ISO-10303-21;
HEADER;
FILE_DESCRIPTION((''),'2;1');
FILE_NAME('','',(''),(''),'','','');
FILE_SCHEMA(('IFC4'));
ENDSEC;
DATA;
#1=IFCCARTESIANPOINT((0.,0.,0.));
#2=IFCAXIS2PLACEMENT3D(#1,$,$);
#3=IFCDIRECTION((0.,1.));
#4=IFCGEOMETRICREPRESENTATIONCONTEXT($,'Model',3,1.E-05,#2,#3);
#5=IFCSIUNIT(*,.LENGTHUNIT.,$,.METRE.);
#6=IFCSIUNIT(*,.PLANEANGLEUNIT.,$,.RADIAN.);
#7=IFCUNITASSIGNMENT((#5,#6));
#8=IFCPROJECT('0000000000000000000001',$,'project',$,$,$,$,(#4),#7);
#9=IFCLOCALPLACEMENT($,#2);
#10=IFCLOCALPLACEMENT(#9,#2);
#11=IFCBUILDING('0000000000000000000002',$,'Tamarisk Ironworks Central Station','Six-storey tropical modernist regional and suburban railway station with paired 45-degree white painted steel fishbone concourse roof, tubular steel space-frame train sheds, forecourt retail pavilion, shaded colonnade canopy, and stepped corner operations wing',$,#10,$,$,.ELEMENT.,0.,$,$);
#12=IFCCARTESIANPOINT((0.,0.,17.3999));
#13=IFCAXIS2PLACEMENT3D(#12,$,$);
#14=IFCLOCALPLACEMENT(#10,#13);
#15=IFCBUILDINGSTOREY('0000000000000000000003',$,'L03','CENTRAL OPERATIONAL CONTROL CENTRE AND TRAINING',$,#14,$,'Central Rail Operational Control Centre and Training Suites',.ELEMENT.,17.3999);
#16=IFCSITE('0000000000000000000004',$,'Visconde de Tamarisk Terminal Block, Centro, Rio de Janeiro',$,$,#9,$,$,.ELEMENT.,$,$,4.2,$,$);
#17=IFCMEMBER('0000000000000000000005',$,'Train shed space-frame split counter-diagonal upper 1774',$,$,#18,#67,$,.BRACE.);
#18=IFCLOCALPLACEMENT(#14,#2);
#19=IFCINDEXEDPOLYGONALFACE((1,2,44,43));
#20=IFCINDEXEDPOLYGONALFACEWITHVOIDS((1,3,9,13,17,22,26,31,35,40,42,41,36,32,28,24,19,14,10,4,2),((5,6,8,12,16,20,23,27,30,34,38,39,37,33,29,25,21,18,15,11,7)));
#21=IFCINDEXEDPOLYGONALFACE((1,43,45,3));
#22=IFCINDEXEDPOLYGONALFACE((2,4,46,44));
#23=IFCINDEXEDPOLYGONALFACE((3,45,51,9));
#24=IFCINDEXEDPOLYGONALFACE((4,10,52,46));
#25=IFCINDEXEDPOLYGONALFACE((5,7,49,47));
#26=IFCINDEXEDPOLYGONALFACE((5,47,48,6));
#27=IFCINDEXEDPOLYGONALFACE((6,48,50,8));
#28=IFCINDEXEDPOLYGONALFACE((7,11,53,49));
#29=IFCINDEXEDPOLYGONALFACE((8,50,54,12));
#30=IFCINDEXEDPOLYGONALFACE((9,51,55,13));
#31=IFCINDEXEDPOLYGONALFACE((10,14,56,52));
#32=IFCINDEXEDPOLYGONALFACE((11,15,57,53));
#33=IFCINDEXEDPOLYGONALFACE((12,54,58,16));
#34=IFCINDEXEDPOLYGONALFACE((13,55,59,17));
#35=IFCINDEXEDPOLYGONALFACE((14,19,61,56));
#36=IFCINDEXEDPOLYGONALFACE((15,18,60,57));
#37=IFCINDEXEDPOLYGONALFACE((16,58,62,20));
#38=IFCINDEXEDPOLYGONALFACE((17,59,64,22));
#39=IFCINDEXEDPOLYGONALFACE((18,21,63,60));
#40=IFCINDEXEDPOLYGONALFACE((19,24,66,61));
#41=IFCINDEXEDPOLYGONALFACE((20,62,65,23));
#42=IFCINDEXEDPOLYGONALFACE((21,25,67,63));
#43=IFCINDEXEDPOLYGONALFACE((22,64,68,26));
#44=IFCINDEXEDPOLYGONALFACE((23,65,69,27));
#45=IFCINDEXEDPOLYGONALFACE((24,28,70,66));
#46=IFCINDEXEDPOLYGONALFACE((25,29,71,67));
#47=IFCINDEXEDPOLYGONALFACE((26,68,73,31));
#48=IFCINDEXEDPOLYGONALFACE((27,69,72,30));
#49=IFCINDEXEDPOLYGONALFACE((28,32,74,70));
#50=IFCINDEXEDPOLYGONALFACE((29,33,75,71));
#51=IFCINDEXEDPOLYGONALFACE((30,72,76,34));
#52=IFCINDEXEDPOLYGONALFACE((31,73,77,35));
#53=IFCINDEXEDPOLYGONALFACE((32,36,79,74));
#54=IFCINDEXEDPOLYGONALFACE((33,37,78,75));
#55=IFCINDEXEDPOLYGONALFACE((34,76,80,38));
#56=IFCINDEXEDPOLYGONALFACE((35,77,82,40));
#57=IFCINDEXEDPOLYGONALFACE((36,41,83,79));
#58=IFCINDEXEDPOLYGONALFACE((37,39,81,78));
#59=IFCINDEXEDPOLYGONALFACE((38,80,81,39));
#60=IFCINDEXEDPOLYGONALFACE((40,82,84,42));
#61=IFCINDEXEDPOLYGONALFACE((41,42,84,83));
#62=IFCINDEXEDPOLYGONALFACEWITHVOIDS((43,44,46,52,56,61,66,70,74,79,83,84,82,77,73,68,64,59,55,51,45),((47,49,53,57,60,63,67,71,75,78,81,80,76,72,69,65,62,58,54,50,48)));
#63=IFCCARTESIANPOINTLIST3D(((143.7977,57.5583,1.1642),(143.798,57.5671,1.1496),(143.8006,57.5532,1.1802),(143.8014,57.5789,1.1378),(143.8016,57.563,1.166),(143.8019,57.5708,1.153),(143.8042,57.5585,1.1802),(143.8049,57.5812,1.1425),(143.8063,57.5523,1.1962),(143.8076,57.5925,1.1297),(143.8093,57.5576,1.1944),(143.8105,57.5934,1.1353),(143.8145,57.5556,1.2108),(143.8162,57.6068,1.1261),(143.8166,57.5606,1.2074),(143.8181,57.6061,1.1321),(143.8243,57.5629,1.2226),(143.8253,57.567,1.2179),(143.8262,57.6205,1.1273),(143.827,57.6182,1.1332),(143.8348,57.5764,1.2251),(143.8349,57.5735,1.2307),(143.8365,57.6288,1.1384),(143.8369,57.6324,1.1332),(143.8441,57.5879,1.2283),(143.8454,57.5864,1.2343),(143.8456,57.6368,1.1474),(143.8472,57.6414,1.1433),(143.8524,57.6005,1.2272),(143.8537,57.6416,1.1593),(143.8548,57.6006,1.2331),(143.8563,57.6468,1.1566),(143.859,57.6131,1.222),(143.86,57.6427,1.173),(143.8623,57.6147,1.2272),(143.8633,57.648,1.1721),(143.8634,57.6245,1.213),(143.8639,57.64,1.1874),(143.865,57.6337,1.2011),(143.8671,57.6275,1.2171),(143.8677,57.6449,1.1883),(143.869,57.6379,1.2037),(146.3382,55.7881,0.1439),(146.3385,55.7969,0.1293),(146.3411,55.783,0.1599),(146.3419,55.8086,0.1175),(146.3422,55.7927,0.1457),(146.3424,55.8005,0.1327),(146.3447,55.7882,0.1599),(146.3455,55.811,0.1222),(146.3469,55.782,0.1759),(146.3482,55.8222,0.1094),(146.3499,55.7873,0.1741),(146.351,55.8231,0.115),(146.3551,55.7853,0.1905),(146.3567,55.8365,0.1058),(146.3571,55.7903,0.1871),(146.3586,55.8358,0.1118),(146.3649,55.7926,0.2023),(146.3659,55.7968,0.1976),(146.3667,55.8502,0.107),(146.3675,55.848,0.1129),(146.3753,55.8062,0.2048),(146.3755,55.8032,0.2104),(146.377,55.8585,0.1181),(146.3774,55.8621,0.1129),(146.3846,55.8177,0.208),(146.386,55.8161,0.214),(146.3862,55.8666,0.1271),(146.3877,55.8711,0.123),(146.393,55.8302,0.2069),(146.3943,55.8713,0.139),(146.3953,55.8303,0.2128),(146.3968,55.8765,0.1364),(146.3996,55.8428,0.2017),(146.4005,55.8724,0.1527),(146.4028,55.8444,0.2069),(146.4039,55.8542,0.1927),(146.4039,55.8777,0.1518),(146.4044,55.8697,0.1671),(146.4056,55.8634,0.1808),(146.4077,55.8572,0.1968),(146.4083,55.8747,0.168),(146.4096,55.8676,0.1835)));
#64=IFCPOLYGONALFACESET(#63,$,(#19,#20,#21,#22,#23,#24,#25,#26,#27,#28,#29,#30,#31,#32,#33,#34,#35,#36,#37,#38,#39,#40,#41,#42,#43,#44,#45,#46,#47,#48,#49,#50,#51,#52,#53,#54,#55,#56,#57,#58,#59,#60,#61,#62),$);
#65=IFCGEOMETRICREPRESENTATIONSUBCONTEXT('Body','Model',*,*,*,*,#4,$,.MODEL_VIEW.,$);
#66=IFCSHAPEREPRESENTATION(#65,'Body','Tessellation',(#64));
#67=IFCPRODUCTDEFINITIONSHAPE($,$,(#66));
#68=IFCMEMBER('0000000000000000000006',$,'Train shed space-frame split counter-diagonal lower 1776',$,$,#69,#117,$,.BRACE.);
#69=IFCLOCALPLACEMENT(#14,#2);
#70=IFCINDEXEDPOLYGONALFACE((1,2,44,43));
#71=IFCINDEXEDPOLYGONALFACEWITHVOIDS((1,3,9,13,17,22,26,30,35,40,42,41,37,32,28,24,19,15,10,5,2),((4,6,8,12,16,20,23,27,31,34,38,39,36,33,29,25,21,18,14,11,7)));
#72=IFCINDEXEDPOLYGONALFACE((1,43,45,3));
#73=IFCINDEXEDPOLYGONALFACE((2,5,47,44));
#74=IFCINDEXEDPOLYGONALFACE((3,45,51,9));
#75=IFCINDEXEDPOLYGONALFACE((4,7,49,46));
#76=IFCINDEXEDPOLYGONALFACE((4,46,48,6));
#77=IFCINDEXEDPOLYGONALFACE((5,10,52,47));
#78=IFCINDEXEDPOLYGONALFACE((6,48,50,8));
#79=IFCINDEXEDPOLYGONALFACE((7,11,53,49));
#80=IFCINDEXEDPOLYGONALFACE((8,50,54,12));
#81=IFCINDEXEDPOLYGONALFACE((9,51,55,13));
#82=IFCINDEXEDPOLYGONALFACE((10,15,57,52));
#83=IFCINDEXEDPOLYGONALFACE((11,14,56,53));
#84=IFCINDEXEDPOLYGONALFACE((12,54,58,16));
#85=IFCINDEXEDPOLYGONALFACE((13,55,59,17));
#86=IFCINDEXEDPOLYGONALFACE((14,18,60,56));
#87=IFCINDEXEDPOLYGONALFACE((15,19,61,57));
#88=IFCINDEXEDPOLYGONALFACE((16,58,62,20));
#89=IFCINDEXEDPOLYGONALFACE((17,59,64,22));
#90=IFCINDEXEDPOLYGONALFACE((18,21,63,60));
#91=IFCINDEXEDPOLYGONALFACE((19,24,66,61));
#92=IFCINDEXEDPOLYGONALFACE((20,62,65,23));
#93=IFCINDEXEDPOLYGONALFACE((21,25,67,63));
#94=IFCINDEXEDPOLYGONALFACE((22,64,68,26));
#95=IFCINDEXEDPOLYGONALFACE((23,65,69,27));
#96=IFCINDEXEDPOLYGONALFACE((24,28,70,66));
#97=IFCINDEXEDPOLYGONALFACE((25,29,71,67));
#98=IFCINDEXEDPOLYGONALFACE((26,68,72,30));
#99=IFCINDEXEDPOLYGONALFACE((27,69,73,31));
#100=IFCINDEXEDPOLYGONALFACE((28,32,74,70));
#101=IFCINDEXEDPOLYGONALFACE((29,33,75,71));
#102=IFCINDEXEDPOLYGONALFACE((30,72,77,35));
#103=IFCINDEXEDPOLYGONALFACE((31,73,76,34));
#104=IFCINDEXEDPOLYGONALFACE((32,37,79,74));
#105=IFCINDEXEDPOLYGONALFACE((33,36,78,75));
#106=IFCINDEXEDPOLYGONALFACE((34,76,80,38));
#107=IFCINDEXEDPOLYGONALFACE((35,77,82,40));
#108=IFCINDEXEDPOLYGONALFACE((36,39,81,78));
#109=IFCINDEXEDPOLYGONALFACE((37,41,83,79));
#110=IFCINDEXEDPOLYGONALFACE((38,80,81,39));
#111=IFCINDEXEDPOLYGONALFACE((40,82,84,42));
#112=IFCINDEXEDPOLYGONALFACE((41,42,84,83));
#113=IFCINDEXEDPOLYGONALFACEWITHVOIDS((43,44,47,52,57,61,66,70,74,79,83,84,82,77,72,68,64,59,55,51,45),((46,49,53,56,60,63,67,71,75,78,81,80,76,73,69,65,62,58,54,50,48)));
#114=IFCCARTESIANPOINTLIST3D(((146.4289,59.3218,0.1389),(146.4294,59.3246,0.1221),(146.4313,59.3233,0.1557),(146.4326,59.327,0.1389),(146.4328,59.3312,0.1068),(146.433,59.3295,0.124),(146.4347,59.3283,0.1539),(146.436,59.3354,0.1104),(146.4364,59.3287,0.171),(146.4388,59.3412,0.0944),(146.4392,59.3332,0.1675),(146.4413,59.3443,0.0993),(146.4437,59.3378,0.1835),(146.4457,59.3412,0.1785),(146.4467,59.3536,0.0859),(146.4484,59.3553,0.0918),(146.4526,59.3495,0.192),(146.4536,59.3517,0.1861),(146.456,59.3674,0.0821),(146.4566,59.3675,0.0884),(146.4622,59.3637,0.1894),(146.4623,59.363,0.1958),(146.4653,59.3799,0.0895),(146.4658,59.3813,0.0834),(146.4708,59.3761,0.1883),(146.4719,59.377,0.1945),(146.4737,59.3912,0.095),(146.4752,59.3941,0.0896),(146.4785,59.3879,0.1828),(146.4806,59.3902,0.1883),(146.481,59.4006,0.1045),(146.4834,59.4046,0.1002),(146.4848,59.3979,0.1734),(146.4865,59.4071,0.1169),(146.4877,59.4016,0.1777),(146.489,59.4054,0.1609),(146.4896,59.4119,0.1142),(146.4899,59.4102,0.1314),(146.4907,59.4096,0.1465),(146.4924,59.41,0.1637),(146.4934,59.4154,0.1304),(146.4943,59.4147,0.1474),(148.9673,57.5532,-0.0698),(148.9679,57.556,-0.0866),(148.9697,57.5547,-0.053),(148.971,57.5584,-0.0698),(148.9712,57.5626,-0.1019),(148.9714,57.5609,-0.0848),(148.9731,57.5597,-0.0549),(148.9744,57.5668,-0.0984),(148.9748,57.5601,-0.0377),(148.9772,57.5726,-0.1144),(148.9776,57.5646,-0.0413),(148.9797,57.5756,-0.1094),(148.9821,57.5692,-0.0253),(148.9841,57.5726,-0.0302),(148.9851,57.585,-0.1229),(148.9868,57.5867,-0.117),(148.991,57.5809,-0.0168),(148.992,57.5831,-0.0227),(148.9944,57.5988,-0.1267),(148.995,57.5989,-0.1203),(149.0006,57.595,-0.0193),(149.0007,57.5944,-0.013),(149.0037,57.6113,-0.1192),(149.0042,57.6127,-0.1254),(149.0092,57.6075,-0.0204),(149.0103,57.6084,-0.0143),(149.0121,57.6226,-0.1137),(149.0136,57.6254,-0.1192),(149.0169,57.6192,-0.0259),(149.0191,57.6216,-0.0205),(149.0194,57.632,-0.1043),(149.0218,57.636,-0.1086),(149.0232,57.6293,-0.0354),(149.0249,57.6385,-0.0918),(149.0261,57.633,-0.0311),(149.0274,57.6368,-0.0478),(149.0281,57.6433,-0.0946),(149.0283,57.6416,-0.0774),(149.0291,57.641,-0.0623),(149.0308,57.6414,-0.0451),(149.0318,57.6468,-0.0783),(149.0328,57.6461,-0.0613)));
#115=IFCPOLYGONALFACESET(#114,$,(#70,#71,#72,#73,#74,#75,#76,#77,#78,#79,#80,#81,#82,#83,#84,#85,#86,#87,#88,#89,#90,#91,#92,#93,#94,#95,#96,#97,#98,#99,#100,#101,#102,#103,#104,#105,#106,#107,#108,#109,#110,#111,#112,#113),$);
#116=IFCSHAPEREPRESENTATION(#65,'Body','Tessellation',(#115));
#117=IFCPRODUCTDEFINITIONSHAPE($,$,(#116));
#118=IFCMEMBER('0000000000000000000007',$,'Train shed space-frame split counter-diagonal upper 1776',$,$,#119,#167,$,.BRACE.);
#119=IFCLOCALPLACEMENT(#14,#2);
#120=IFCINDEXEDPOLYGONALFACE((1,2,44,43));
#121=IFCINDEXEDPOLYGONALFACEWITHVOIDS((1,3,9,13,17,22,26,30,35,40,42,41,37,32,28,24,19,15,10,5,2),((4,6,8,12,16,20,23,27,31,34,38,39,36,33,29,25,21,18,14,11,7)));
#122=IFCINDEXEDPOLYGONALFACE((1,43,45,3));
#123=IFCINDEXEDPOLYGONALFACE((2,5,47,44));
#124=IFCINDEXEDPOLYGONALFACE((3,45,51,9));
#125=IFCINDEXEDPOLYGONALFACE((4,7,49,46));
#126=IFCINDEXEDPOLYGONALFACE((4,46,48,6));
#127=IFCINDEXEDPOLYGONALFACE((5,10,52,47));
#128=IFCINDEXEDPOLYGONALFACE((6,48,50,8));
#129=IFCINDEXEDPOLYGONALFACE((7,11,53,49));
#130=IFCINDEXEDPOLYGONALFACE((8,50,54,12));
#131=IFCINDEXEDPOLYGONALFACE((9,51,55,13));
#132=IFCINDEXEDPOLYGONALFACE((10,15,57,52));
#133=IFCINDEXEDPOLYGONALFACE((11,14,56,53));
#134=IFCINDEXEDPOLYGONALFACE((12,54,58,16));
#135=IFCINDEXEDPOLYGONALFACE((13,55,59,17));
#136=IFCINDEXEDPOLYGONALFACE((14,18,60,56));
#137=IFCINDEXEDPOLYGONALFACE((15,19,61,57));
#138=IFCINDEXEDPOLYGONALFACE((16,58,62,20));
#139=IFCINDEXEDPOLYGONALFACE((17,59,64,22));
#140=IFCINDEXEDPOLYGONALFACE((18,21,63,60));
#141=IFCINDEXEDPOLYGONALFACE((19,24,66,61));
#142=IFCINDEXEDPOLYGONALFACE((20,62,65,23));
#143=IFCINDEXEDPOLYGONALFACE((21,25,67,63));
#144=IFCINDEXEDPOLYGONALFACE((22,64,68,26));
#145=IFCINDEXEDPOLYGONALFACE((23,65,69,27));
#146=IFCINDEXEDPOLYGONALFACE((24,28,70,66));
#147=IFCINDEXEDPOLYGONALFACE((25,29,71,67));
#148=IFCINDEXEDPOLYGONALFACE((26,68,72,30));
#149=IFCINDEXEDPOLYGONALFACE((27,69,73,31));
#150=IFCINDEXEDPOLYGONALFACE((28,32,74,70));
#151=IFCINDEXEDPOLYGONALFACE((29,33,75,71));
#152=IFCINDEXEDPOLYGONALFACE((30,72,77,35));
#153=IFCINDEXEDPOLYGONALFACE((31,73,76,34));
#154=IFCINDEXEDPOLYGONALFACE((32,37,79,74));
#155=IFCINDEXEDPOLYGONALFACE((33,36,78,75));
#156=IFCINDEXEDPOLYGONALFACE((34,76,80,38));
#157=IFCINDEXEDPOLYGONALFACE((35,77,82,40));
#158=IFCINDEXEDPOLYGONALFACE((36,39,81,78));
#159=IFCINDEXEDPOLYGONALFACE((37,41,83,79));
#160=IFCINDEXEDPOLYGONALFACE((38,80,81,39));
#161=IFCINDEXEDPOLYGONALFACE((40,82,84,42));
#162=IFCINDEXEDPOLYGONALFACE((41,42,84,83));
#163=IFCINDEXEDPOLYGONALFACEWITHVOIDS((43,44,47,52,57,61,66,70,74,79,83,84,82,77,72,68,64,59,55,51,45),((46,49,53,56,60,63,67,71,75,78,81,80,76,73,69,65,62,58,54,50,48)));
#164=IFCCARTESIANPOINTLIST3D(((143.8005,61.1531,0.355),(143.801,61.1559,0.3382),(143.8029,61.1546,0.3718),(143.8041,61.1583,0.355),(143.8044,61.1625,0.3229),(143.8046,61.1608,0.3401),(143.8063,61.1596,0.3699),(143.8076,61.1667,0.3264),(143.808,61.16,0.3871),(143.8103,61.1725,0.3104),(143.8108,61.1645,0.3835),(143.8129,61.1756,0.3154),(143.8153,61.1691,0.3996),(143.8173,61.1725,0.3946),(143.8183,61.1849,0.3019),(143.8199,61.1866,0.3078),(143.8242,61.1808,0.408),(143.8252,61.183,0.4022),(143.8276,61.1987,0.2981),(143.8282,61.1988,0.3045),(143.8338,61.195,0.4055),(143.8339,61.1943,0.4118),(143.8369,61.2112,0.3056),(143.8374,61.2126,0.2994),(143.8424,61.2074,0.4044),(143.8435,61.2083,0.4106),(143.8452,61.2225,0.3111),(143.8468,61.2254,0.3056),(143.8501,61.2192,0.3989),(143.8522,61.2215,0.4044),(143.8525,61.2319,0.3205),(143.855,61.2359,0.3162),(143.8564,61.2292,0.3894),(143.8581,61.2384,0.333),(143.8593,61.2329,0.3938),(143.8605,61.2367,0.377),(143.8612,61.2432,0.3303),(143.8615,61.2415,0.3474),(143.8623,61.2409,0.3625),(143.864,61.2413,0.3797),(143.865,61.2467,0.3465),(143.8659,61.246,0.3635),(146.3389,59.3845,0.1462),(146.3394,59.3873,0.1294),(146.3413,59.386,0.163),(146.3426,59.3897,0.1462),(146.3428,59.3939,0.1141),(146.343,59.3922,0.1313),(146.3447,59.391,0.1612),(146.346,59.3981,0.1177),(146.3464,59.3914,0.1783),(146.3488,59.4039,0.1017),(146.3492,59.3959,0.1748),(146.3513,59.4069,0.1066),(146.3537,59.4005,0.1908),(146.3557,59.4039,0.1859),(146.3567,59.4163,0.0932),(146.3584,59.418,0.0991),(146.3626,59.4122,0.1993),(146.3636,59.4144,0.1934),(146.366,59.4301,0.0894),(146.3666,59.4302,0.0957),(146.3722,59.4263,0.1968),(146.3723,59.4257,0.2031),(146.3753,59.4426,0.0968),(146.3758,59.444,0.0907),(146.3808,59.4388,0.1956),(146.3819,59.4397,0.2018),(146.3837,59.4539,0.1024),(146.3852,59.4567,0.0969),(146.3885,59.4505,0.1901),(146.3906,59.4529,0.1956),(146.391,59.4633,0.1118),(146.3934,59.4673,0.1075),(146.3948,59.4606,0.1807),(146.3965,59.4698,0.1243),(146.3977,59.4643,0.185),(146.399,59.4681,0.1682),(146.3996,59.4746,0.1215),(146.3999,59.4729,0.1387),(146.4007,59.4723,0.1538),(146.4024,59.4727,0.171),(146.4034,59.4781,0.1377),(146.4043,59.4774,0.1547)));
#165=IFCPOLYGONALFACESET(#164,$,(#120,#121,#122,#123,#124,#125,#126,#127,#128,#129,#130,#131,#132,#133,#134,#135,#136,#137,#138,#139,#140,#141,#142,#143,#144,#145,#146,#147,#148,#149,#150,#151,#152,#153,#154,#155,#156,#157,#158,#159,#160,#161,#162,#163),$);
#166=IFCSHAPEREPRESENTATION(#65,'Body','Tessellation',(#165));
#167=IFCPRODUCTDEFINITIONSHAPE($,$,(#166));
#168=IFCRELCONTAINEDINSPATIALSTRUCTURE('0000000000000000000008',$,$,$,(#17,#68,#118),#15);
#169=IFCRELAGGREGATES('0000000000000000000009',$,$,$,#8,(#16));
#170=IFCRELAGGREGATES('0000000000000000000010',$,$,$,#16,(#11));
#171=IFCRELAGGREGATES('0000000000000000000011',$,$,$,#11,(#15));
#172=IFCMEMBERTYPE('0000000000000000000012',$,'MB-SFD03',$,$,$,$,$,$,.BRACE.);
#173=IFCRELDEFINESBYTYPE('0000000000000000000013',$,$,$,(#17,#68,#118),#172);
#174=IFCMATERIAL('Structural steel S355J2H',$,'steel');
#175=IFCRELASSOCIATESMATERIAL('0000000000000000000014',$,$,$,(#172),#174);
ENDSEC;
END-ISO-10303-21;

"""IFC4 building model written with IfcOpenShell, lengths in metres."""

from ifc_helpers import new_model, si_unit, direction, frame, origin, origin_2d, place, context, subcontext, project, spatial, hollow_circle, extrude, material, material_profile, profile_set, type_object, element, save


model = new_model("IFC4")

# Units and contexts
model_context = context("Model", 3, precision=1e-05, world=origin(), true_north=direction((0.0, 1.0)))
body_context = subcontext(model_context, "Body", "Model", "MODEL_VIEW")
ifc_project = project(units=[si_unit("LENGTHUNIT", "METRE"), si_unit("PLANEANGLEUNIT", "RADIAN")], contexts=[model_context])

# Site, building, storey
site_placement = place(None, origin())
site = spatial("IfcSite", under=ifc_project, at=site_placement, Name="Visconde de Tamarisk Terminal Block, Centro, Rio de Janeiro", CompositionType="ELEMENT", RefElevation=4.2)
building_placement = place(site_placement, origin())
building = spatial("IfcBuilding", under=site, at=building_placement, Name="Tamarisk Ironworks Central Station", Description="Six-storey tropical modernist regional and suburban railway station with paired 45-degree white painted steel fishbone concourse roof, tubular steel space-frame train sheds, forecourt retail pavilion, shaded colonnade canopy, and stepped corner operations wing", CompositionType="ELEMENT", ElevationOfRefHeight=0.0)
storey_placement = place(building_placement, frame((0.0, 0.0, 17.3999)))
storey = spatial("IfcBuildingStorey", under=building, at=storey_placement, Name="L03", Description="CENTRAL OPERATIONAL CONTROL CENTRE AND TRAINING", LongName="Central Rail Operational Control Centre and Training Suites", CompositionType="ELEMENT", Elevation=17.3999)

# Members
ifc_material = material(Name="Structural steel S355J2H", Category="steel")
ifc_material_profile_1 = material_profile(ifc_material, hollow_circle(Radius=0.0571, WallThickness=0.0063, at=origin_2d()), Name="CHS 114.3x6.3")
ifc_profile_set_1 = profile_set([ifc_material_profile_1], Name="Structural steel S355J2H")
member_type_1 = type_object("IfcMemberType", Name="MB-SFD03", PredefinedType="BRACE", material=ifc_profile_set_1)
member_1_placement = place(storey_placement, frame((146.3738, 55.8298, 0.1599), z_axis=(-0.77925, 0.542989, 0.312943), x_axis=(-0.571704, -0.82046, 0.0)))
element("IfcMember", 1, at=member_1_placement, inside=storey, type_object=member_type_1, Name="Train shed space-frame split counter-diagonal upper 1774", PredefinedType="BRACE", context=body_context, shape_type="SweptSolid", body=[
    extrude(hollow_circle(Radius=0.0571, WallThickness=0.0063, at=origin_2d()), origin(), (0.0, 0.0, 1.0), 3.2603),
])
for number, where, z_axis, x_axis, name in (
    (2, (149.0, 57.6001, -0.0698), (-0.818625, 0.570369, 0.06732), (-0.571666, -0.820487, 0.0), "Train shed space-frame split counter-diagonal lower 1776"),
    (3, (146.3716, 59.4314, 0.1462), (-0.818625, 0.570369, 0.06732), (-0.571666, -0.820487, 0.0), "Train shed space-frame split counter-diagonal upper 1776"),
):
    element("IfcMember", number, at=place(storey_placement, frame(where, z_axis=z_axis, x_axis=x_axis)), inside=storey, type_object=member_type_1, Name=name, PredefinedType="BRACE", context=body_context, shape_type="SweptSolid", body=[
        extrude(hollow_circle(Radius=0.0571, WallThickness=0.0063, at=origin_2d()), origin(), (0.0, 0.0, 1.0), 3.1008),
    ])

save(model, "model.ifc")
